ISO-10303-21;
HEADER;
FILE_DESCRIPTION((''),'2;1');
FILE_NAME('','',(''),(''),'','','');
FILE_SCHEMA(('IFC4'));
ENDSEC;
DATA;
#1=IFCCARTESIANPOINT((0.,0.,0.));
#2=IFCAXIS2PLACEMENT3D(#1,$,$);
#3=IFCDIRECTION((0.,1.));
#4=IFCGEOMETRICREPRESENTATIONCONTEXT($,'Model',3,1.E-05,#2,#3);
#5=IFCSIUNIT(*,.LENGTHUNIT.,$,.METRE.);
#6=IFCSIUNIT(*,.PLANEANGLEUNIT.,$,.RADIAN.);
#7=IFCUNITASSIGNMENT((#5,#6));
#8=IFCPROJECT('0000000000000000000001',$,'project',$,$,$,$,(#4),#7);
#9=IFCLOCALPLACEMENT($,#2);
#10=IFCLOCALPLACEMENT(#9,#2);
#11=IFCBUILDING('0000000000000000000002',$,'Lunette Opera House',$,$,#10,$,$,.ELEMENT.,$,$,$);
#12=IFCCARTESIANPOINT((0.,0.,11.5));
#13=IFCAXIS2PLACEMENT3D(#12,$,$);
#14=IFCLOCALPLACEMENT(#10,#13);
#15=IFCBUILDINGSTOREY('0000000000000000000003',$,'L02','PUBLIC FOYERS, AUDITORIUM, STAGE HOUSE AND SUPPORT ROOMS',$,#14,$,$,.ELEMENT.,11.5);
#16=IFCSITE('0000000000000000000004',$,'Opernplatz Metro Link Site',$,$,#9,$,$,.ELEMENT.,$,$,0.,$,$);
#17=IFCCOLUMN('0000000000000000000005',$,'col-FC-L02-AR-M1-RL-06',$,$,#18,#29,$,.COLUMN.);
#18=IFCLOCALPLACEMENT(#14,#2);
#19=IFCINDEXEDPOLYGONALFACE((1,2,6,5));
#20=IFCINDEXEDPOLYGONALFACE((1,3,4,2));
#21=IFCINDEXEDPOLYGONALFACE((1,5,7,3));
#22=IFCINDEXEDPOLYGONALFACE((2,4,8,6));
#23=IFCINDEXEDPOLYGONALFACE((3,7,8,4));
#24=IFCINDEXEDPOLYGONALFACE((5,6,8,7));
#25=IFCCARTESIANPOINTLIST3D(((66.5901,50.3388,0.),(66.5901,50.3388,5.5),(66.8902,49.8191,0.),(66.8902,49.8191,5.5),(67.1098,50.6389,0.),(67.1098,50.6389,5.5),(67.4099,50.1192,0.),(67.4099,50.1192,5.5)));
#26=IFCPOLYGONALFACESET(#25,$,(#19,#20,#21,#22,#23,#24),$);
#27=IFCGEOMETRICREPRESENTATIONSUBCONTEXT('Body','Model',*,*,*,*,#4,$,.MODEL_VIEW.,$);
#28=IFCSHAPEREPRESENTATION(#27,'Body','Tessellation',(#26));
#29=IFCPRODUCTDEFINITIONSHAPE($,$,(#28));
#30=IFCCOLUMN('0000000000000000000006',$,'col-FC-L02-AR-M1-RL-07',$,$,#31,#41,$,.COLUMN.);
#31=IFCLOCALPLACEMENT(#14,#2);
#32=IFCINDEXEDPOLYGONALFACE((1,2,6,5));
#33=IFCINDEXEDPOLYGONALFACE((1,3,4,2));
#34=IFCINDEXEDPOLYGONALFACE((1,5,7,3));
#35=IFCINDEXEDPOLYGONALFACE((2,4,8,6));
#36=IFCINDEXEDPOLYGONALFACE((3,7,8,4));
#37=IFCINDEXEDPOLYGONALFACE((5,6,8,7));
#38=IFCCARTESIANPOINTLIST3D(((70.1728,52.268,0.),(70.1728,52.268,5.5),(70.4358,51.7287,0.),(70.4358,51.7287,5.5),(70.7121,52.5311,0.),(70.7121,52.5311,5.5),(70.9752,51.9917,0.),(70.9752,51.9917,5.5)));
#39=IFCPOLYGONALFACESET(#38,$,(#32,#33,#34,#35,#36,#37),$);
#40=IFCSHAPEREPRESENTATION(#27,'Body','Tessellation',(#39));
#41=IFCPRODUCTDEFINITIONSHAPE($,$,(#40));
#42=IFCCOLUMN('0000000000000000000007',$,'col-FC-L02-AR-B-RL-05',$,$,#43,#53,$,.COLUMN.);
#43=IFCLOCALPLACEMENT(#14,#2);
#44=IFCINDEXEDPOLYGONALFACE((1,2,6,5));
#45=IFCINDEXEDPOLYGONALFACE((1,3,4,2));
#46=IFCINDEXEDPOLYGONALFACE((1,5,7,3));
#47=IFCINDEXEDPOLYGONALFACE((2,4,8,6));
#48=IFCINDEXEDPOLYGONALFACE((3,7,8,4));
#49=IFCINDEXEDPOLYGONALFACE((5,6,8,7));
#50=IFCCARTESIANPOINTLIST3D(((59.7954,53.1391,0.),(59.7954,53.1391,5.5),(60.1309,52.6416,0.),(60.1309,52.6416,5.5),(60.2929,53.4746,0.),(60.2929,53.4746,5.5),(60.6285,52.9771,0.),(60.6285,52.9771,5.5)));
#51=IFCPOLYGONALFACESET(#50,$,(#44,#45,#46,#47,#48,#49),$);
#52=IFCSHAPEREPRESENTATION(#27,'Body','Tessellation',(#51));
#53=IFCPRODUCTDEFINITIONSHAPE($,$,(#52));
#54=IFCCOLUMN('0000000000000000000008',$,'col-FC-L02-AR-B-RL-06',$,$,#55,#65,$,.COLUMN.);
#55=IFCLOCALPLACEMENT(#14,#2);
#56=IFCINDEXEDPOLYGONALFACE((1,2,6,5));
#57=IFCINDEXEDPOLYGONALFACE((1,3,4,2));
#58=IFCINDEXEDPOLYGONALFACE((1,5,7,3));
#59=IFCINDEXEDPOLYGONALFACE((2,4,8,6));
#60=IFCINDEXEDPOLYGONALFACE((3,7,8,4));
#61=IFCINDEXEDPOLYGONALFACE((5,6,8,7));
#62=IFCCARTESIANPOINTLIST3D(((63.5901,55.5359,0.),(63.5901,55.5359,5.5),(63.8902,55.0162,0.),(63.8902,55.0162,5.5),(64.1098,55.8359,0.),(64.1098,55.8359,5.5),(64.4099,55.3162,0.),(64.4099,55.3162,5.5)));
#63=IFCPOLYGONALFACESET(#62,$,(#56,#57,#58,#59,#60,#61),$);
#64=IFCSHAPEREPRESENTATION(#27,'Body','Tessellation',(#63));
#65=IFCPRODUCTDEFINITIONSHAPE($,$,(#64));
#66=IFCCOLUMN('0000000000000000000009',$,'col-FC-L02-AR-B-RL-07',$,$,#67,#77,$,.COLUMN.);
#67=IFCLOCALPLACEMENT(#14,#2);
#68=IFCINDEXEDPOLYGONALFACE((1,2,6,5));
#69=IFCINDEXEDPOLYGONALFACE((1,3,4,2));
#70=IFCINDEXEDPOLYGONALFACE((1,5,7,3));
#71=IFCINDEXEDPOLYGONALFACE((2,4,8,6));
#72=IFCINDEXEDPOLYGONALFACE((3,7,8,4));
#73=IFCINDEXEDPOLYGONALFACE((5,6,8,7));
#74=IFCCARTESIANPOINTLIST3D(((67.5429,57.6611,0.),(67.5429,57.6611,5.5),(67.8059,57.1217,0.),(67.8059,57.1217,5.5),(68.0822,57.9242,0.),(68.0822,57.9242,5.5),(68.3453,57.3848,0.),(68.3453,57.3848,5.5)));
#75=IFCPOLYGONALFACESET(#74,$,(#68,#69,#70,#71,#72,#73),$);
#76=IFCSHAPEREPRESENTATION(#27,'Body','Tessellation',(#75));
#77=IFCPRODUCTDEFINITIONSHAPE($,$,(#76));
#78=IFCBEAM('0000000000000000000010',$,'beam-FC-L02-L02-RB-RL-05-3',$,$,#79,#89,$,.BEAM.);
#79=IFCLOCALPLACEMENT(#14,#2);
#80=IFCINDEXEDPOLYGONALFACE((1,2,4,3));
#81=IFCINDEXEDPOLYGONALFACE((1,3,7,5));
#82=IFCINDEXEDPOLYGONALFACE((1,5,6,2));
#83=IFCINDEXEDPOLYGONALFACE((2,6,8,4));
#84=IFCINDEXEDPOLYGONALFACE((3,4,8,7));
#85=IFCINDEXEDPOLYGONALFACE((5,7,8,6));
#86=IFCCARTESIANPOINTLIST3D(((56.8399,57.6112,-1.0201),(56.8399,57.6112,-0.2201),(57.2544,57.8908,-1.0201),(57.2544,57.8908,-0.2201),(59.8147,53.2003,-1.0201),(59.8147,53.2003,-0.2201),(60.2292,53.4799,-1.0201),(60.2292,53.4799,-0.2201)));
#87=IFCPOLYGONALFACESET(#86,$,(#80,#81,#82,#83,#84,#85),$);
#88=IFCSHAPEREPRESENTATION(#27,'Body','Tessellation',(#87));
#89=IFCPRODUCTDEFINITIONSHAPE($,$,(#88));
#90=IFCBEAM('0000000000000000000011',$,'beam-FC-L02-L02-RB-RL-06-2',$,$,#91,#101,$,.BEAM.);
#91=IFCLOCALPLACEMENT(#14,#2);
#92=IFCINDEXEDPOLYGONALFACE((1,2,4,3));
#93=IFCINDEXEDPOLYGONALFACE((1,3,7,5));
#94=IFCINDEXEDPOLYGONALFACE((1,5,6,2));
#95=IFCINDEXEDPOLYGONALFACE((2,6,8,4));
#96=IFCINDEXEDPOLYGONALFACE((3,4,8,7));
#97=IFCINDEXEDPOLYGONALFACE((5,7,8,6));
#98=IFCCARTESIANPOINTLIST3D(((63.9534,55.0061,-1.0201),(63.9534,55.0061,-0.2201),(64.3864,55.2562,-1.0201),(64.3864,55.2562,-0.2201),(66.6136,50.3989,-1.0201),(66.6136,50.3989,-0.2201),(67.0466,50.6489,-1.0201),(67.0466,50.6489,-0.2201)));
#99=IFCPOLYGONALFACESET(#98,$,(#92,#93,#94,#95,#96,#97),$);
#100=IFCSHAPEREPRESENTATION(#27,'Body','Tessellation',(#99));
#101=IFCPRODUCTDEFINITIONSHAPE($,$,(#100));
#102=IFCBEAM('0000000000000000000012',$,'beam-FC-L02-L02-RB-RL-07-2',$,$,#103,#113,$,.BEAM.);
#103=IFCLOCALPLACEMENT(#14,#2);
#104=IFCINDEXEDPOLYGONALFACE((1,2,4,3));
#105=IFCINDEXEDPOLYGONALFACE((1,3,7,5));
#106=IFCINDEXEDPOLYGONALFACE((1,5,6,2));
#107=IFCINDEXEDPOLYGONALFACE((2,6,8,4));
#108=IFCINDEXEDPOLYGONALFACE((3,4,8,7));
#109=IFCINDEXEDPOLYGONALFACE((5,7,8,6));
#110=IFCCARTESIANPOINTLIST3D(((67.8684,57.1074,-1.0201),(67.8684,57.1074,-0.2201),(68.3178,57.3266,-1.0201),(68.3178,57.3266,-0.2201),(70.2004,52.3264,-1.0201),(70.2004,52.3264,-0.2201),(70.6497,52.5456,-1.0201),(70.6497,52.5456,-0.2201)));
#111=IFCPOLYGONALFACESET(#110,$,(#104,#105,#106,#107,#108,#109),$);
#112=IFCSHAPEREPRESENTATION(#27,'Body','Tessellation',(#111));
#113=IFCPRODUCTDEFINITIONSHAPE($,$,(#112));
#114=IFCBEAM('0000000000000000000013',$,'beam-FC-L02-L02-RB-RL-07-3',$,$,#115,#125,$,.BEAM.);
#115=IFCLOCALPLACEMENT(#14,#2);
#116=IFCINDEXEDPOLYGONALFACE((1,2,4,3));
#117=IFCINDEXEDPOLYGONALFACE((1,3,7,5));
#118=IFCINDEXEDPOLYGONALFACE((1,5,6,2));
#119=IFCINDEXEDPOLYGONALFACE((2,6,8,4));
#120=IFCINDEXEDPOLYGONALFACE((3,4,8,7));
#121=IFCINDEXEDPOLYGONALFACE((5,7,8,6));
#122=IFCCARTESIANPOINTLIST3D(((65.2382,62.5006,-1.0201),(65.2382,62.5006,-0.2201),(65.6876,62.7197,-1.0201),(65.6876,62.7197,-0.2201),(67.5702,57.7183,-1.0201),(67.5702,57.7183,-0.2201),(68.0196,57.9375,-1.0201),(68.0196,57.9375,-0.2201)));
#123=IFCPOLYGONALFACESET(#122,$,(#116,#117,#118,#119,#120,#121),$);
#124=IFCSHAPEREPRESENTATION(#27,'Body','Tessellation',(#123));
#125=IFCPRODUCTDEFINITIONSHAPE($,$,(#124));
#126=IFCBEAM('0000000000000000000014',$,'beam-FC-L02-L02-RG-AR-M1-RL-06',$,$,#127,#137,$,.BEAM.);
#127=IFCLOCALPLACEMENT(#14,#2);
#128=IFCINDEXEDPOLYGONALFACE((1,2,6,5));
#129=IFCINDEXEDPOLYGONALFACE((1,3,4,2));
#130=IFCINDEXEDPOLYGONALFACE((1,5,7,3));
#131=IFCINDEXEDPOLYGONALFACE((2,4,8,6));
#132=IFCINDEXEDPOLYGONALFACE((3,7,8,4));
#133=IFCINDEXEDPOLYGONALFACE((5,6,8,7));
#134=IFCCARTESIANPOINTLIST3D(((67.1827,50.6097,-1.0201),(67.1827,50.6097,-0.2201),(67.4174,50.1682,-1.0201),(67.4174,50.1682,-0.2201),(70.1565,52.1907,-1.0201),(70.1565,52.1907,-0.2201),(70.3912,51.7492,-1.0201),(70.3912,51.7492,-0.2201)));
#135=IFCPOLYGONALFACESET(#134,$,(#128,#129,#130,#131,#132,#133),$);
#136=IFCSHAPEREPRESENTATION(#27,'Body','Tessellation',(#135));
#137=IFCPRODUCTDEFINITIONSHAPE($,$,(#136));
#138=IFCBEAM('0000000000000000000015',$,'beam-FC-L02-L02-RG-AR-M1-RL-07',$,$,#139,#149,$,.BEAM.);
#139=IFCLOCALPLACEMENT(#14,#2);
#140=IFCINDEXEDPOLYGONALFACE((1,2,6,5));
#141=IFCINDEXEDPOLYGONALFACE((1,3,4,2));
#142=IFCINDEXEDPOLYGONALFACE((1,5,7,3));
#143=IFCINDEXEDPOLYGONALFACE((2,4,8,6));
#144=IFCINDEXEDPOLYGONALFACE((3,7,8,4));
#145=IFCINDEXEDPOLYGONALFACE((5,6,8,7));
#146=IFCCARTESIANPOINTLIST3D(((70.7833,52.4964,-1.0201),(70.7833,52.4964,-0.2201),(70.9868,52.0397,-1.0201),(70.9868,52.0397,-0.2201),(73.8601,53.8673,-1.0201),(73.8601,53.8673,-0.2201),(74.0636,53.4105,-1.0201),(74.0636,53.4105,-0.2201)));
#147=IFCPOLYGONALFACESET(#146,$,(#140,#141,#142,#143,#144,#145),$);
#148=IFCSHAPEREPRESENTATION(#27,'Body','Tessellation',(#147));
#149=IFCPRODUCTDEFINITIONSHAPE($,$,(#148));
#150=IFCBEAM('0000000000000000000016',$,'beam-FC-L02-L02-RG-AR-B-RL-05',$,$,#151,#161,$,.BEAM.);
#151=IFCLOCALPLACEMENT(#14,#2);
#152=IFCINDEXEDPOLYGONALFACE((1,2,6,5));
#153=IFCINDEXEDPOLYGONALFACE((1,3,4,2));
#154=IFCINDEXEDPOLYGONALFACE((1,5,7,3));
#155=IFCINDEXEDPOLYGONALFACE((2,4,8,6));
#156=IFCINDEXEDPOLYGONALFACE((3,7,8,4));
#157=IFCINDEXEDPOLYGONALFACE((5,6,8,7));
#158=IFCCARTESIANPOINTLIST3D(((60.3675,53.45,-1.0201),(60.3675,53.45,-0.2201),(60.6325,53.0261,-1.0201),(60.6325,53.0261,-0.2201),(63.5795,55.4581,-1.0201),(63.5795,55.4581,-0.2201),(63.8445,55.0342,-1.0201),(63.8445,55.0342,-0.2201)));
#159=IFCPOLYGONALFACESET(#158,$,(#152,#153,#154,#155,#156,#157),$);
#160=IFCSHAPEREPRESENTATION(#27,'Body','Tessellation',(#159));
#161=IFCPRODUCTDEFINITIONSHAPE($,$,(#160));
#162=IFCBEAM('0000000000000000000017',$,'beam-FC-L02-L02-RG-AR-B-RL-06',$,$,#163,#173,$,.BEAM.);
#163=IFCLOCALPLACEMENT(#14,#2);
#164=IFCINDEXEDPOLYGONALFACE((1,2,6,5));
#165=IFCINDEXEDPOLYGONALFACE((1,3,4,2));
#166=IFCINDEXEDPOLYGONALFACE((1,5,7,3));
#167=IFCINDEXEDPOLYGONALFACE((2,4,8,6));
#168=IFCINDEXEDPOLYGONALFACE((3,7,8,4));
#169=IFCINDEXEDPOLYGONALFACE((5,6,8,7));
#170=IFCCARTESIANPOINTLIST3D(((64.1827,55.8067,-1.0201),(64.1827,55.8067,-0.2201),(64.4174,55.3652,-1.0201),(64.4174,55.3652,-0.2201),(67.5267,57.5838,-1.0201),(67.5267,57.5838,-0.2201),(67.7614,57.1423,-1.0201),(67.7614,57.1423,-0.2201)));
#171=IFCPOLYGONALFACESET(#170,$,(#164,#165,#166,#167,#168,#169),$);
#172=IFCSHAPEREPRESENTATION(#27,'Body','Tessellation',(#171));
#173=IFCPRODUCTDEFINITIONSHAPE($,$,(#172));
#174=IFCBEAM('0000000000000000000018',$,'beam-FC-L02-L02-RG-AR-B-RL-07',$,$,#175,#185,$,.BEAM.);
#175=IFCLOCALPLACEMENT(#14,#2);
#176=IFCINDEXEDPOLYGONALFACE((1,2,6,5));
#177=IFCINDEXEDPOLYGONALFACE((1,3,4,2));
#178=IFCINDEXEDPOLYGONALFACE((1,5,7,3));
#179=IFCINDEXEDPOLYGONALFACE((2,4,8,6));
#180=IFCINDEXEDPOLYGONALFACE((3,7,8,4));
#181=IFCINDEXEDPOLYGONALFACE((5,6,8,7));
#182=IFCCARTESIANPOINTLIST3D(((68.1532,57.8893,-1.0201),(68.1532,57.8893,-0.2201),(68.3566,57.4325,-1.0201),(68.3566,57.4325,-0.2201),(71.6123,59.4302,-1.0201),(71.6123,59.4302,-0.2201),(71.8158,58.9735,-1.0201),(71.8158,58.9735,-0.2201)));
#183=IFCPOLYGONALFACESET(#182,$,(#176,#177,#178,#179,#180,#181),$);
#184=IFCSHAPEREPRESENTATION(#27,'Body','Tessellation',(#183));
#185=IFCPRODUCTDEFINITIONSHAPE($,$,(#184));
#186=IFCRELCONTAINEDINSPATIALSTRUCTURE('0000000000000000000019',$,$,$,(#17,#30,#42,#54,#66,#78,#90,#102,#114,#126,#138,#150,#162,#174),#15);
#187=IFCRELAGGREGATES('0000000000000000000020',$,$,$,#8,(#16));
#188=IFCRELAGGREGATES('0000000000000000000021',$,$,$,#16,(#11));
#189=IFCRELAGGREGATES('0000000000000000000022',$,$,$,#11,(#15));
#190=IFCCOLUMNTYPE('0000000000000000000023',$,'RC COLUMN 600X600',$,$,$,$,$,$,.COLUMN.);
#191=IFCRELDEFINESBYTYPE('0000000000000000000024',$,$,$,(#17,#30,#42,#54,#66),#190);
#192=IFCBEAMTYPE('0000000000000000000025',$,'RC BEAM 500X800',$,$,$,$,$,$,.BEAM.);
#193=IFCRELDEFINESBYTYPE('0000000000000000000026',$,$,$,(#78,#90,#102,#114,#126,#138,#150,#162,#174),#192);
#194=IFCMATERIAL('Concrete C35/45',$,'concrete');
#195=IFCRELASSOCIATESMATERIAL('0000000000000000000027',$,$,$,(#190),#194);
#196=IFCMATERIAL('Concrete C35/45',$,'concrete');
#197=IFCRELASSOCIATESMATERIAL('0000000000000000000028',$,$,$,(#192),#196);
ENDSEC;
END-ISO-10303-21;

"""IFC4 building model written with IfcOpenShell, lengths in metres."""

from ifc_helpers import new_model, si_unit, direction, frame, origin, origin_2d, place, context, subcontext, project, spatial, rectangle, extrude, material, material_profile, profile_set, type_object, element, save


model = new_model("IFC4")

# Units and contexts
model_context = context("Model", 3, precision=1e-05, world=origin(), true_north=direction((0.0, 1.0)))
body_context = subcontext(model_context, "Body", "Model", "MODEL_VIEW")
ifc_project = project(units=[si_unit("LENGTHUNIT", "METRE"), si_unit("PLANEANGLEUNIT", "RADIAN")], contexts=[model_context])

# Site, building, storey
site_placement = place(None, origin())
site = spatial("IfcSite", under=ifc_project, at=site_placement, Name="Opernplatz Metro Link Site", CompositionType="ELEMENT", RefElevation=0.0)
building_placement = place(site_placement, origin())
building = spatial("IfcBuilding", under=site, at=building_placement, Name="Lunette Opera House", CompositionType="ELEMENT")
storey_placement = place(building_placement, frame((0.0, 0.0, 11.5)))
storey = spatial("IfcBuildingStorey", under=building, at=storey_placement, Name="L02", Description="PUBLIC FOYERS, AUDITORIUM, STAGE HOUSE AND SUPPORT ROOMS", CompositionType="ELEMENT", Elevation=11.5)

# Columns
ifc_material_1 = material(Name="Concrete C35/45", Category="concrete")
ifc_material_profile_1 = material_profile(ifc_material_1, rectangle(XDim=0.6001, YDim=0.6001, at=origin_2d()), Name="RC COLUMN 600X600")
ifc_profile_set_1 = profile_set([ifc_material_profile_1], Name="Concrete C35/45")
column_type = type_object("IfcColumnType", Name="RC COLUMN 600X600", PredefinedType="COLUMN", material=ifc_profile_set_1)
for number, where, z_axis, x_axis, name in (
    (1, (67.0, 50.229, 0.0), (0.0, 0.0, 1.0), (0.866025, 0.5, 0.0), "col-FC-L02-AR-M1-RL-06"),
    (2, (70.574, 52.1299, 0.0), (0.0, 0.0, 1.0), (0.898794, 0.438371, 0.0), "col-FC-L02-AR-M1-RL-07"),
    (3, (60.2119, 53.0581, 0.0), (0.0, 0.0, 1.0), (0.829038, 0.559193, 0.0), "col-FC-L02-AR-B-RL-05"),
    (4, (64.0, 55.426, 0.0), (0.0, 0.0, 1.0), (0.866025, 0.5, 0.0), "col-FC-L02-AR-B-RL-06"),
    (5, (67.9441, 57.5229, 0.0), (0.0, 0.0, 1.0), (0.898794, 0.438371, 0.0), "col-FC-L02-AR-B-RL-07"),
):
    element("IfcColumn", number, at=place(storey_placement, frame(where, z_axis=z_axis, x_axis=x_axis)), inside=storey, type_object=column_type, Name=name, PredefinedType="COLUMN", context=body_context, shape_type="SweptSolid", body=[
        extrude(rectangle(XDim=0.6001, YDim=0.6001, at=origin_2d()), origin(), (0.0, 0.0, 1.0), 5.5),
    ])

# Beams
ifc_material_2 = material(Name="Concrete C35/45", Category="concrete")
ifc_material_profile_2 = material_profile(ifc_material_2, rectangle(XDim=0.5, YDim=0.8, at=origin_2d()), Name="RC BEAM 500X800")
ifc_profile_set_2 = profile_set([ifc_material_profile_2], Name="Concrete C35/45")
beam_type = type_object("IfcBeamType", Name="RC BEAM 500X800", PredefinedType="BEAM", material=ifc_profile_set_2)
beam_1_placement = place(storey_placement, frame((60.022, 53.3401, -0.6201), z_axis=(-0.55915, 0.829066, 0.0), x_axis=(-0.829066, -0.55915, 0.0)))
element("IfcBeam", 6, at=beam_1_placement, inside=storey, type_object=beam_type, Name="beam-FC-L02-L02-RB-RL-05-3", PredefinedType="BEAM", context=body_context, shape_type="SweptSolid", body=[
    extrude(rectangle(XDim=0.5, YDim=0.8, at=origin_2d()), origin(), (0.0, 0.0, 1.0), 5.3203),
])
beam_2_placement = place(storey_placement, frame((66.8301, 50.5239, -0.6201), z_axis=(-0.500028, 0.866009, 0.0), x_axis=(-0.866009, -0.500028, 0.0)))
element("IfcBeam", 7, at=beam_2_placement, inside=storey, type_object=beam_type, Name="beam-FC-L02-L02-RB-RL-06-2", PredefinedType="BEAM", context=body_context, shape_type="SweptSolid", body=[
    extrude(rectangle(XDim=0.5, YDim=0.8, at=origin_2d()), origin(), (0.0, 0.0, 1.0), 5.3201),
])
beam_3_placement = place(storey_placement, frame((70.425, 52.436, -0.6201), z_axis=(-0.438398, 0.898781, 0.0), x_axis=(-0.898781, -0.438398, 0.0)))
element("IfcBeam", 8, at=beam_3_placement, inside=storey, type_object=beam_type, Name="beam-FC-L02-L02-RB-RL-07-2", PredefinedType="BEAM", context=body_context, shape_type="SweptSolid", body=[
    extrude(rectangle(XDim=0.5, YDim=0.8, at=origin_2d()), origin(), (0.0, 0.0, 1.0), 5.3193),
])
beam_4_placement = place(storey_placement, frame((67.7949, 57.8279, -0.6201), z_axis=(-0.438308, 0.898825, 0.0), x_axis=(-0.898825, -0.438308, 0.0)))
element("IfcBeam", 9, at=beam_4_placement, inside=storey, type_object=beam_type, Name="beam-FC-L02-L02-RB-RL-07-3", PredefinedType="BEAM", context=body_context, shape_type="SweptSolid", body=[
    extrude(rectangle(XDim=0.5, YDim=0.8, at=origin_2d()), origin(), (0.0, 0.0, 1.0), 5.3206),
])
beam_5_placement = place(storey_placement, frame((67.3, 50.3889, -0.6201), z_axis=(0.88297, 0.469429, 0.0), x_axis=(-0.469429, 0.88297, 0.0)))
element("IfcBeam", 10, at=beam_5_placement, inside=storey, type_object=beam_type, Name="beam-FC-L02-L02-RG-AR-M1-RL-06", PredefinedType="BEAM", context=body_context, shape_type="SweptSolid", body=[
    extrude(rectangle(XDim=0.5, YDim=0.8, at=origin_2d()), origin(), (0.0, 0.0, 1.0), 3.3679),
])
beam_6_placement = place(storey_placement, frame((70.885, 52.2681, -0.6201), z_axis=(0.913444, 0.406965, 0.0), x_axis=(-0.406965, 0.913444, 0.0)))
element("IfcBeam", 11, at=beam_6_placement, inside=storey, type_object=beam_type, Name="beam-FC-L02-L02-RG-AR-M1-RL-07", PredefinedType="BEAM", context=body_context, shape_type="SweptSolid", body=[
    extrude(rectangle(XDim=0.5, YDim=0.8, at=origin_2d()), origin(), (0.0, 0.0, 1.0), 3.3684),
])
beam_7_placement = place(storey_placement, frame((60.5, 53.238, -0.6201), z_axis=(0.847926, 0.530115, 0.0), x_axis=(-0.530115, 0.847926, 0.0)))
element("IfcBeam", 12, at=beam_7_placement, inside=storey, type_object=beam_type, Name="beam-FC-L02-L02-RG-AR-B-RL-05", PredefinedType="BEAM", context=body_context, shape_type="SweptSolid", body=[
    extrude(rectangle(XDim=0.5, YDim=0.8, at=origin_2d()), origin(), (0.0, 0.0, 1.0), 3.7881),
])
for number, where, z_axis, x_axis, name in (
    (13, (64.3, 55.5859, -0.6201), (0.88305, 0.469279, 0.0), (-0.469279, 0.88305, 0.0), "beam-FC-L02-L02-RG-AR-B-RL-06"),
    (14, (68.2549, 57.6609, -0.6201), (0.91346, 0.406928, 0.0), (-0.406928, 0.91346, 0.0), "beam-FC-L02-L02-RG-AR-B-RL-07"),
):
    element("IfcBeam", number, at=place(storey_placement, frame(where, z_axis=z_axis, x_axis=x_axis)), inside=storey, type_object=beam_type, Name=name, PredefinedType="BEAM", context=body_context, shape_type="SweptSolid", body=[
        extrude(rectangle(XDim=0.5, YDim=0.8, at=origin_2d()), origin(), (0.0, 0.0, 1.0), 3.7869),
    ])

save(model, "model.ifc")
